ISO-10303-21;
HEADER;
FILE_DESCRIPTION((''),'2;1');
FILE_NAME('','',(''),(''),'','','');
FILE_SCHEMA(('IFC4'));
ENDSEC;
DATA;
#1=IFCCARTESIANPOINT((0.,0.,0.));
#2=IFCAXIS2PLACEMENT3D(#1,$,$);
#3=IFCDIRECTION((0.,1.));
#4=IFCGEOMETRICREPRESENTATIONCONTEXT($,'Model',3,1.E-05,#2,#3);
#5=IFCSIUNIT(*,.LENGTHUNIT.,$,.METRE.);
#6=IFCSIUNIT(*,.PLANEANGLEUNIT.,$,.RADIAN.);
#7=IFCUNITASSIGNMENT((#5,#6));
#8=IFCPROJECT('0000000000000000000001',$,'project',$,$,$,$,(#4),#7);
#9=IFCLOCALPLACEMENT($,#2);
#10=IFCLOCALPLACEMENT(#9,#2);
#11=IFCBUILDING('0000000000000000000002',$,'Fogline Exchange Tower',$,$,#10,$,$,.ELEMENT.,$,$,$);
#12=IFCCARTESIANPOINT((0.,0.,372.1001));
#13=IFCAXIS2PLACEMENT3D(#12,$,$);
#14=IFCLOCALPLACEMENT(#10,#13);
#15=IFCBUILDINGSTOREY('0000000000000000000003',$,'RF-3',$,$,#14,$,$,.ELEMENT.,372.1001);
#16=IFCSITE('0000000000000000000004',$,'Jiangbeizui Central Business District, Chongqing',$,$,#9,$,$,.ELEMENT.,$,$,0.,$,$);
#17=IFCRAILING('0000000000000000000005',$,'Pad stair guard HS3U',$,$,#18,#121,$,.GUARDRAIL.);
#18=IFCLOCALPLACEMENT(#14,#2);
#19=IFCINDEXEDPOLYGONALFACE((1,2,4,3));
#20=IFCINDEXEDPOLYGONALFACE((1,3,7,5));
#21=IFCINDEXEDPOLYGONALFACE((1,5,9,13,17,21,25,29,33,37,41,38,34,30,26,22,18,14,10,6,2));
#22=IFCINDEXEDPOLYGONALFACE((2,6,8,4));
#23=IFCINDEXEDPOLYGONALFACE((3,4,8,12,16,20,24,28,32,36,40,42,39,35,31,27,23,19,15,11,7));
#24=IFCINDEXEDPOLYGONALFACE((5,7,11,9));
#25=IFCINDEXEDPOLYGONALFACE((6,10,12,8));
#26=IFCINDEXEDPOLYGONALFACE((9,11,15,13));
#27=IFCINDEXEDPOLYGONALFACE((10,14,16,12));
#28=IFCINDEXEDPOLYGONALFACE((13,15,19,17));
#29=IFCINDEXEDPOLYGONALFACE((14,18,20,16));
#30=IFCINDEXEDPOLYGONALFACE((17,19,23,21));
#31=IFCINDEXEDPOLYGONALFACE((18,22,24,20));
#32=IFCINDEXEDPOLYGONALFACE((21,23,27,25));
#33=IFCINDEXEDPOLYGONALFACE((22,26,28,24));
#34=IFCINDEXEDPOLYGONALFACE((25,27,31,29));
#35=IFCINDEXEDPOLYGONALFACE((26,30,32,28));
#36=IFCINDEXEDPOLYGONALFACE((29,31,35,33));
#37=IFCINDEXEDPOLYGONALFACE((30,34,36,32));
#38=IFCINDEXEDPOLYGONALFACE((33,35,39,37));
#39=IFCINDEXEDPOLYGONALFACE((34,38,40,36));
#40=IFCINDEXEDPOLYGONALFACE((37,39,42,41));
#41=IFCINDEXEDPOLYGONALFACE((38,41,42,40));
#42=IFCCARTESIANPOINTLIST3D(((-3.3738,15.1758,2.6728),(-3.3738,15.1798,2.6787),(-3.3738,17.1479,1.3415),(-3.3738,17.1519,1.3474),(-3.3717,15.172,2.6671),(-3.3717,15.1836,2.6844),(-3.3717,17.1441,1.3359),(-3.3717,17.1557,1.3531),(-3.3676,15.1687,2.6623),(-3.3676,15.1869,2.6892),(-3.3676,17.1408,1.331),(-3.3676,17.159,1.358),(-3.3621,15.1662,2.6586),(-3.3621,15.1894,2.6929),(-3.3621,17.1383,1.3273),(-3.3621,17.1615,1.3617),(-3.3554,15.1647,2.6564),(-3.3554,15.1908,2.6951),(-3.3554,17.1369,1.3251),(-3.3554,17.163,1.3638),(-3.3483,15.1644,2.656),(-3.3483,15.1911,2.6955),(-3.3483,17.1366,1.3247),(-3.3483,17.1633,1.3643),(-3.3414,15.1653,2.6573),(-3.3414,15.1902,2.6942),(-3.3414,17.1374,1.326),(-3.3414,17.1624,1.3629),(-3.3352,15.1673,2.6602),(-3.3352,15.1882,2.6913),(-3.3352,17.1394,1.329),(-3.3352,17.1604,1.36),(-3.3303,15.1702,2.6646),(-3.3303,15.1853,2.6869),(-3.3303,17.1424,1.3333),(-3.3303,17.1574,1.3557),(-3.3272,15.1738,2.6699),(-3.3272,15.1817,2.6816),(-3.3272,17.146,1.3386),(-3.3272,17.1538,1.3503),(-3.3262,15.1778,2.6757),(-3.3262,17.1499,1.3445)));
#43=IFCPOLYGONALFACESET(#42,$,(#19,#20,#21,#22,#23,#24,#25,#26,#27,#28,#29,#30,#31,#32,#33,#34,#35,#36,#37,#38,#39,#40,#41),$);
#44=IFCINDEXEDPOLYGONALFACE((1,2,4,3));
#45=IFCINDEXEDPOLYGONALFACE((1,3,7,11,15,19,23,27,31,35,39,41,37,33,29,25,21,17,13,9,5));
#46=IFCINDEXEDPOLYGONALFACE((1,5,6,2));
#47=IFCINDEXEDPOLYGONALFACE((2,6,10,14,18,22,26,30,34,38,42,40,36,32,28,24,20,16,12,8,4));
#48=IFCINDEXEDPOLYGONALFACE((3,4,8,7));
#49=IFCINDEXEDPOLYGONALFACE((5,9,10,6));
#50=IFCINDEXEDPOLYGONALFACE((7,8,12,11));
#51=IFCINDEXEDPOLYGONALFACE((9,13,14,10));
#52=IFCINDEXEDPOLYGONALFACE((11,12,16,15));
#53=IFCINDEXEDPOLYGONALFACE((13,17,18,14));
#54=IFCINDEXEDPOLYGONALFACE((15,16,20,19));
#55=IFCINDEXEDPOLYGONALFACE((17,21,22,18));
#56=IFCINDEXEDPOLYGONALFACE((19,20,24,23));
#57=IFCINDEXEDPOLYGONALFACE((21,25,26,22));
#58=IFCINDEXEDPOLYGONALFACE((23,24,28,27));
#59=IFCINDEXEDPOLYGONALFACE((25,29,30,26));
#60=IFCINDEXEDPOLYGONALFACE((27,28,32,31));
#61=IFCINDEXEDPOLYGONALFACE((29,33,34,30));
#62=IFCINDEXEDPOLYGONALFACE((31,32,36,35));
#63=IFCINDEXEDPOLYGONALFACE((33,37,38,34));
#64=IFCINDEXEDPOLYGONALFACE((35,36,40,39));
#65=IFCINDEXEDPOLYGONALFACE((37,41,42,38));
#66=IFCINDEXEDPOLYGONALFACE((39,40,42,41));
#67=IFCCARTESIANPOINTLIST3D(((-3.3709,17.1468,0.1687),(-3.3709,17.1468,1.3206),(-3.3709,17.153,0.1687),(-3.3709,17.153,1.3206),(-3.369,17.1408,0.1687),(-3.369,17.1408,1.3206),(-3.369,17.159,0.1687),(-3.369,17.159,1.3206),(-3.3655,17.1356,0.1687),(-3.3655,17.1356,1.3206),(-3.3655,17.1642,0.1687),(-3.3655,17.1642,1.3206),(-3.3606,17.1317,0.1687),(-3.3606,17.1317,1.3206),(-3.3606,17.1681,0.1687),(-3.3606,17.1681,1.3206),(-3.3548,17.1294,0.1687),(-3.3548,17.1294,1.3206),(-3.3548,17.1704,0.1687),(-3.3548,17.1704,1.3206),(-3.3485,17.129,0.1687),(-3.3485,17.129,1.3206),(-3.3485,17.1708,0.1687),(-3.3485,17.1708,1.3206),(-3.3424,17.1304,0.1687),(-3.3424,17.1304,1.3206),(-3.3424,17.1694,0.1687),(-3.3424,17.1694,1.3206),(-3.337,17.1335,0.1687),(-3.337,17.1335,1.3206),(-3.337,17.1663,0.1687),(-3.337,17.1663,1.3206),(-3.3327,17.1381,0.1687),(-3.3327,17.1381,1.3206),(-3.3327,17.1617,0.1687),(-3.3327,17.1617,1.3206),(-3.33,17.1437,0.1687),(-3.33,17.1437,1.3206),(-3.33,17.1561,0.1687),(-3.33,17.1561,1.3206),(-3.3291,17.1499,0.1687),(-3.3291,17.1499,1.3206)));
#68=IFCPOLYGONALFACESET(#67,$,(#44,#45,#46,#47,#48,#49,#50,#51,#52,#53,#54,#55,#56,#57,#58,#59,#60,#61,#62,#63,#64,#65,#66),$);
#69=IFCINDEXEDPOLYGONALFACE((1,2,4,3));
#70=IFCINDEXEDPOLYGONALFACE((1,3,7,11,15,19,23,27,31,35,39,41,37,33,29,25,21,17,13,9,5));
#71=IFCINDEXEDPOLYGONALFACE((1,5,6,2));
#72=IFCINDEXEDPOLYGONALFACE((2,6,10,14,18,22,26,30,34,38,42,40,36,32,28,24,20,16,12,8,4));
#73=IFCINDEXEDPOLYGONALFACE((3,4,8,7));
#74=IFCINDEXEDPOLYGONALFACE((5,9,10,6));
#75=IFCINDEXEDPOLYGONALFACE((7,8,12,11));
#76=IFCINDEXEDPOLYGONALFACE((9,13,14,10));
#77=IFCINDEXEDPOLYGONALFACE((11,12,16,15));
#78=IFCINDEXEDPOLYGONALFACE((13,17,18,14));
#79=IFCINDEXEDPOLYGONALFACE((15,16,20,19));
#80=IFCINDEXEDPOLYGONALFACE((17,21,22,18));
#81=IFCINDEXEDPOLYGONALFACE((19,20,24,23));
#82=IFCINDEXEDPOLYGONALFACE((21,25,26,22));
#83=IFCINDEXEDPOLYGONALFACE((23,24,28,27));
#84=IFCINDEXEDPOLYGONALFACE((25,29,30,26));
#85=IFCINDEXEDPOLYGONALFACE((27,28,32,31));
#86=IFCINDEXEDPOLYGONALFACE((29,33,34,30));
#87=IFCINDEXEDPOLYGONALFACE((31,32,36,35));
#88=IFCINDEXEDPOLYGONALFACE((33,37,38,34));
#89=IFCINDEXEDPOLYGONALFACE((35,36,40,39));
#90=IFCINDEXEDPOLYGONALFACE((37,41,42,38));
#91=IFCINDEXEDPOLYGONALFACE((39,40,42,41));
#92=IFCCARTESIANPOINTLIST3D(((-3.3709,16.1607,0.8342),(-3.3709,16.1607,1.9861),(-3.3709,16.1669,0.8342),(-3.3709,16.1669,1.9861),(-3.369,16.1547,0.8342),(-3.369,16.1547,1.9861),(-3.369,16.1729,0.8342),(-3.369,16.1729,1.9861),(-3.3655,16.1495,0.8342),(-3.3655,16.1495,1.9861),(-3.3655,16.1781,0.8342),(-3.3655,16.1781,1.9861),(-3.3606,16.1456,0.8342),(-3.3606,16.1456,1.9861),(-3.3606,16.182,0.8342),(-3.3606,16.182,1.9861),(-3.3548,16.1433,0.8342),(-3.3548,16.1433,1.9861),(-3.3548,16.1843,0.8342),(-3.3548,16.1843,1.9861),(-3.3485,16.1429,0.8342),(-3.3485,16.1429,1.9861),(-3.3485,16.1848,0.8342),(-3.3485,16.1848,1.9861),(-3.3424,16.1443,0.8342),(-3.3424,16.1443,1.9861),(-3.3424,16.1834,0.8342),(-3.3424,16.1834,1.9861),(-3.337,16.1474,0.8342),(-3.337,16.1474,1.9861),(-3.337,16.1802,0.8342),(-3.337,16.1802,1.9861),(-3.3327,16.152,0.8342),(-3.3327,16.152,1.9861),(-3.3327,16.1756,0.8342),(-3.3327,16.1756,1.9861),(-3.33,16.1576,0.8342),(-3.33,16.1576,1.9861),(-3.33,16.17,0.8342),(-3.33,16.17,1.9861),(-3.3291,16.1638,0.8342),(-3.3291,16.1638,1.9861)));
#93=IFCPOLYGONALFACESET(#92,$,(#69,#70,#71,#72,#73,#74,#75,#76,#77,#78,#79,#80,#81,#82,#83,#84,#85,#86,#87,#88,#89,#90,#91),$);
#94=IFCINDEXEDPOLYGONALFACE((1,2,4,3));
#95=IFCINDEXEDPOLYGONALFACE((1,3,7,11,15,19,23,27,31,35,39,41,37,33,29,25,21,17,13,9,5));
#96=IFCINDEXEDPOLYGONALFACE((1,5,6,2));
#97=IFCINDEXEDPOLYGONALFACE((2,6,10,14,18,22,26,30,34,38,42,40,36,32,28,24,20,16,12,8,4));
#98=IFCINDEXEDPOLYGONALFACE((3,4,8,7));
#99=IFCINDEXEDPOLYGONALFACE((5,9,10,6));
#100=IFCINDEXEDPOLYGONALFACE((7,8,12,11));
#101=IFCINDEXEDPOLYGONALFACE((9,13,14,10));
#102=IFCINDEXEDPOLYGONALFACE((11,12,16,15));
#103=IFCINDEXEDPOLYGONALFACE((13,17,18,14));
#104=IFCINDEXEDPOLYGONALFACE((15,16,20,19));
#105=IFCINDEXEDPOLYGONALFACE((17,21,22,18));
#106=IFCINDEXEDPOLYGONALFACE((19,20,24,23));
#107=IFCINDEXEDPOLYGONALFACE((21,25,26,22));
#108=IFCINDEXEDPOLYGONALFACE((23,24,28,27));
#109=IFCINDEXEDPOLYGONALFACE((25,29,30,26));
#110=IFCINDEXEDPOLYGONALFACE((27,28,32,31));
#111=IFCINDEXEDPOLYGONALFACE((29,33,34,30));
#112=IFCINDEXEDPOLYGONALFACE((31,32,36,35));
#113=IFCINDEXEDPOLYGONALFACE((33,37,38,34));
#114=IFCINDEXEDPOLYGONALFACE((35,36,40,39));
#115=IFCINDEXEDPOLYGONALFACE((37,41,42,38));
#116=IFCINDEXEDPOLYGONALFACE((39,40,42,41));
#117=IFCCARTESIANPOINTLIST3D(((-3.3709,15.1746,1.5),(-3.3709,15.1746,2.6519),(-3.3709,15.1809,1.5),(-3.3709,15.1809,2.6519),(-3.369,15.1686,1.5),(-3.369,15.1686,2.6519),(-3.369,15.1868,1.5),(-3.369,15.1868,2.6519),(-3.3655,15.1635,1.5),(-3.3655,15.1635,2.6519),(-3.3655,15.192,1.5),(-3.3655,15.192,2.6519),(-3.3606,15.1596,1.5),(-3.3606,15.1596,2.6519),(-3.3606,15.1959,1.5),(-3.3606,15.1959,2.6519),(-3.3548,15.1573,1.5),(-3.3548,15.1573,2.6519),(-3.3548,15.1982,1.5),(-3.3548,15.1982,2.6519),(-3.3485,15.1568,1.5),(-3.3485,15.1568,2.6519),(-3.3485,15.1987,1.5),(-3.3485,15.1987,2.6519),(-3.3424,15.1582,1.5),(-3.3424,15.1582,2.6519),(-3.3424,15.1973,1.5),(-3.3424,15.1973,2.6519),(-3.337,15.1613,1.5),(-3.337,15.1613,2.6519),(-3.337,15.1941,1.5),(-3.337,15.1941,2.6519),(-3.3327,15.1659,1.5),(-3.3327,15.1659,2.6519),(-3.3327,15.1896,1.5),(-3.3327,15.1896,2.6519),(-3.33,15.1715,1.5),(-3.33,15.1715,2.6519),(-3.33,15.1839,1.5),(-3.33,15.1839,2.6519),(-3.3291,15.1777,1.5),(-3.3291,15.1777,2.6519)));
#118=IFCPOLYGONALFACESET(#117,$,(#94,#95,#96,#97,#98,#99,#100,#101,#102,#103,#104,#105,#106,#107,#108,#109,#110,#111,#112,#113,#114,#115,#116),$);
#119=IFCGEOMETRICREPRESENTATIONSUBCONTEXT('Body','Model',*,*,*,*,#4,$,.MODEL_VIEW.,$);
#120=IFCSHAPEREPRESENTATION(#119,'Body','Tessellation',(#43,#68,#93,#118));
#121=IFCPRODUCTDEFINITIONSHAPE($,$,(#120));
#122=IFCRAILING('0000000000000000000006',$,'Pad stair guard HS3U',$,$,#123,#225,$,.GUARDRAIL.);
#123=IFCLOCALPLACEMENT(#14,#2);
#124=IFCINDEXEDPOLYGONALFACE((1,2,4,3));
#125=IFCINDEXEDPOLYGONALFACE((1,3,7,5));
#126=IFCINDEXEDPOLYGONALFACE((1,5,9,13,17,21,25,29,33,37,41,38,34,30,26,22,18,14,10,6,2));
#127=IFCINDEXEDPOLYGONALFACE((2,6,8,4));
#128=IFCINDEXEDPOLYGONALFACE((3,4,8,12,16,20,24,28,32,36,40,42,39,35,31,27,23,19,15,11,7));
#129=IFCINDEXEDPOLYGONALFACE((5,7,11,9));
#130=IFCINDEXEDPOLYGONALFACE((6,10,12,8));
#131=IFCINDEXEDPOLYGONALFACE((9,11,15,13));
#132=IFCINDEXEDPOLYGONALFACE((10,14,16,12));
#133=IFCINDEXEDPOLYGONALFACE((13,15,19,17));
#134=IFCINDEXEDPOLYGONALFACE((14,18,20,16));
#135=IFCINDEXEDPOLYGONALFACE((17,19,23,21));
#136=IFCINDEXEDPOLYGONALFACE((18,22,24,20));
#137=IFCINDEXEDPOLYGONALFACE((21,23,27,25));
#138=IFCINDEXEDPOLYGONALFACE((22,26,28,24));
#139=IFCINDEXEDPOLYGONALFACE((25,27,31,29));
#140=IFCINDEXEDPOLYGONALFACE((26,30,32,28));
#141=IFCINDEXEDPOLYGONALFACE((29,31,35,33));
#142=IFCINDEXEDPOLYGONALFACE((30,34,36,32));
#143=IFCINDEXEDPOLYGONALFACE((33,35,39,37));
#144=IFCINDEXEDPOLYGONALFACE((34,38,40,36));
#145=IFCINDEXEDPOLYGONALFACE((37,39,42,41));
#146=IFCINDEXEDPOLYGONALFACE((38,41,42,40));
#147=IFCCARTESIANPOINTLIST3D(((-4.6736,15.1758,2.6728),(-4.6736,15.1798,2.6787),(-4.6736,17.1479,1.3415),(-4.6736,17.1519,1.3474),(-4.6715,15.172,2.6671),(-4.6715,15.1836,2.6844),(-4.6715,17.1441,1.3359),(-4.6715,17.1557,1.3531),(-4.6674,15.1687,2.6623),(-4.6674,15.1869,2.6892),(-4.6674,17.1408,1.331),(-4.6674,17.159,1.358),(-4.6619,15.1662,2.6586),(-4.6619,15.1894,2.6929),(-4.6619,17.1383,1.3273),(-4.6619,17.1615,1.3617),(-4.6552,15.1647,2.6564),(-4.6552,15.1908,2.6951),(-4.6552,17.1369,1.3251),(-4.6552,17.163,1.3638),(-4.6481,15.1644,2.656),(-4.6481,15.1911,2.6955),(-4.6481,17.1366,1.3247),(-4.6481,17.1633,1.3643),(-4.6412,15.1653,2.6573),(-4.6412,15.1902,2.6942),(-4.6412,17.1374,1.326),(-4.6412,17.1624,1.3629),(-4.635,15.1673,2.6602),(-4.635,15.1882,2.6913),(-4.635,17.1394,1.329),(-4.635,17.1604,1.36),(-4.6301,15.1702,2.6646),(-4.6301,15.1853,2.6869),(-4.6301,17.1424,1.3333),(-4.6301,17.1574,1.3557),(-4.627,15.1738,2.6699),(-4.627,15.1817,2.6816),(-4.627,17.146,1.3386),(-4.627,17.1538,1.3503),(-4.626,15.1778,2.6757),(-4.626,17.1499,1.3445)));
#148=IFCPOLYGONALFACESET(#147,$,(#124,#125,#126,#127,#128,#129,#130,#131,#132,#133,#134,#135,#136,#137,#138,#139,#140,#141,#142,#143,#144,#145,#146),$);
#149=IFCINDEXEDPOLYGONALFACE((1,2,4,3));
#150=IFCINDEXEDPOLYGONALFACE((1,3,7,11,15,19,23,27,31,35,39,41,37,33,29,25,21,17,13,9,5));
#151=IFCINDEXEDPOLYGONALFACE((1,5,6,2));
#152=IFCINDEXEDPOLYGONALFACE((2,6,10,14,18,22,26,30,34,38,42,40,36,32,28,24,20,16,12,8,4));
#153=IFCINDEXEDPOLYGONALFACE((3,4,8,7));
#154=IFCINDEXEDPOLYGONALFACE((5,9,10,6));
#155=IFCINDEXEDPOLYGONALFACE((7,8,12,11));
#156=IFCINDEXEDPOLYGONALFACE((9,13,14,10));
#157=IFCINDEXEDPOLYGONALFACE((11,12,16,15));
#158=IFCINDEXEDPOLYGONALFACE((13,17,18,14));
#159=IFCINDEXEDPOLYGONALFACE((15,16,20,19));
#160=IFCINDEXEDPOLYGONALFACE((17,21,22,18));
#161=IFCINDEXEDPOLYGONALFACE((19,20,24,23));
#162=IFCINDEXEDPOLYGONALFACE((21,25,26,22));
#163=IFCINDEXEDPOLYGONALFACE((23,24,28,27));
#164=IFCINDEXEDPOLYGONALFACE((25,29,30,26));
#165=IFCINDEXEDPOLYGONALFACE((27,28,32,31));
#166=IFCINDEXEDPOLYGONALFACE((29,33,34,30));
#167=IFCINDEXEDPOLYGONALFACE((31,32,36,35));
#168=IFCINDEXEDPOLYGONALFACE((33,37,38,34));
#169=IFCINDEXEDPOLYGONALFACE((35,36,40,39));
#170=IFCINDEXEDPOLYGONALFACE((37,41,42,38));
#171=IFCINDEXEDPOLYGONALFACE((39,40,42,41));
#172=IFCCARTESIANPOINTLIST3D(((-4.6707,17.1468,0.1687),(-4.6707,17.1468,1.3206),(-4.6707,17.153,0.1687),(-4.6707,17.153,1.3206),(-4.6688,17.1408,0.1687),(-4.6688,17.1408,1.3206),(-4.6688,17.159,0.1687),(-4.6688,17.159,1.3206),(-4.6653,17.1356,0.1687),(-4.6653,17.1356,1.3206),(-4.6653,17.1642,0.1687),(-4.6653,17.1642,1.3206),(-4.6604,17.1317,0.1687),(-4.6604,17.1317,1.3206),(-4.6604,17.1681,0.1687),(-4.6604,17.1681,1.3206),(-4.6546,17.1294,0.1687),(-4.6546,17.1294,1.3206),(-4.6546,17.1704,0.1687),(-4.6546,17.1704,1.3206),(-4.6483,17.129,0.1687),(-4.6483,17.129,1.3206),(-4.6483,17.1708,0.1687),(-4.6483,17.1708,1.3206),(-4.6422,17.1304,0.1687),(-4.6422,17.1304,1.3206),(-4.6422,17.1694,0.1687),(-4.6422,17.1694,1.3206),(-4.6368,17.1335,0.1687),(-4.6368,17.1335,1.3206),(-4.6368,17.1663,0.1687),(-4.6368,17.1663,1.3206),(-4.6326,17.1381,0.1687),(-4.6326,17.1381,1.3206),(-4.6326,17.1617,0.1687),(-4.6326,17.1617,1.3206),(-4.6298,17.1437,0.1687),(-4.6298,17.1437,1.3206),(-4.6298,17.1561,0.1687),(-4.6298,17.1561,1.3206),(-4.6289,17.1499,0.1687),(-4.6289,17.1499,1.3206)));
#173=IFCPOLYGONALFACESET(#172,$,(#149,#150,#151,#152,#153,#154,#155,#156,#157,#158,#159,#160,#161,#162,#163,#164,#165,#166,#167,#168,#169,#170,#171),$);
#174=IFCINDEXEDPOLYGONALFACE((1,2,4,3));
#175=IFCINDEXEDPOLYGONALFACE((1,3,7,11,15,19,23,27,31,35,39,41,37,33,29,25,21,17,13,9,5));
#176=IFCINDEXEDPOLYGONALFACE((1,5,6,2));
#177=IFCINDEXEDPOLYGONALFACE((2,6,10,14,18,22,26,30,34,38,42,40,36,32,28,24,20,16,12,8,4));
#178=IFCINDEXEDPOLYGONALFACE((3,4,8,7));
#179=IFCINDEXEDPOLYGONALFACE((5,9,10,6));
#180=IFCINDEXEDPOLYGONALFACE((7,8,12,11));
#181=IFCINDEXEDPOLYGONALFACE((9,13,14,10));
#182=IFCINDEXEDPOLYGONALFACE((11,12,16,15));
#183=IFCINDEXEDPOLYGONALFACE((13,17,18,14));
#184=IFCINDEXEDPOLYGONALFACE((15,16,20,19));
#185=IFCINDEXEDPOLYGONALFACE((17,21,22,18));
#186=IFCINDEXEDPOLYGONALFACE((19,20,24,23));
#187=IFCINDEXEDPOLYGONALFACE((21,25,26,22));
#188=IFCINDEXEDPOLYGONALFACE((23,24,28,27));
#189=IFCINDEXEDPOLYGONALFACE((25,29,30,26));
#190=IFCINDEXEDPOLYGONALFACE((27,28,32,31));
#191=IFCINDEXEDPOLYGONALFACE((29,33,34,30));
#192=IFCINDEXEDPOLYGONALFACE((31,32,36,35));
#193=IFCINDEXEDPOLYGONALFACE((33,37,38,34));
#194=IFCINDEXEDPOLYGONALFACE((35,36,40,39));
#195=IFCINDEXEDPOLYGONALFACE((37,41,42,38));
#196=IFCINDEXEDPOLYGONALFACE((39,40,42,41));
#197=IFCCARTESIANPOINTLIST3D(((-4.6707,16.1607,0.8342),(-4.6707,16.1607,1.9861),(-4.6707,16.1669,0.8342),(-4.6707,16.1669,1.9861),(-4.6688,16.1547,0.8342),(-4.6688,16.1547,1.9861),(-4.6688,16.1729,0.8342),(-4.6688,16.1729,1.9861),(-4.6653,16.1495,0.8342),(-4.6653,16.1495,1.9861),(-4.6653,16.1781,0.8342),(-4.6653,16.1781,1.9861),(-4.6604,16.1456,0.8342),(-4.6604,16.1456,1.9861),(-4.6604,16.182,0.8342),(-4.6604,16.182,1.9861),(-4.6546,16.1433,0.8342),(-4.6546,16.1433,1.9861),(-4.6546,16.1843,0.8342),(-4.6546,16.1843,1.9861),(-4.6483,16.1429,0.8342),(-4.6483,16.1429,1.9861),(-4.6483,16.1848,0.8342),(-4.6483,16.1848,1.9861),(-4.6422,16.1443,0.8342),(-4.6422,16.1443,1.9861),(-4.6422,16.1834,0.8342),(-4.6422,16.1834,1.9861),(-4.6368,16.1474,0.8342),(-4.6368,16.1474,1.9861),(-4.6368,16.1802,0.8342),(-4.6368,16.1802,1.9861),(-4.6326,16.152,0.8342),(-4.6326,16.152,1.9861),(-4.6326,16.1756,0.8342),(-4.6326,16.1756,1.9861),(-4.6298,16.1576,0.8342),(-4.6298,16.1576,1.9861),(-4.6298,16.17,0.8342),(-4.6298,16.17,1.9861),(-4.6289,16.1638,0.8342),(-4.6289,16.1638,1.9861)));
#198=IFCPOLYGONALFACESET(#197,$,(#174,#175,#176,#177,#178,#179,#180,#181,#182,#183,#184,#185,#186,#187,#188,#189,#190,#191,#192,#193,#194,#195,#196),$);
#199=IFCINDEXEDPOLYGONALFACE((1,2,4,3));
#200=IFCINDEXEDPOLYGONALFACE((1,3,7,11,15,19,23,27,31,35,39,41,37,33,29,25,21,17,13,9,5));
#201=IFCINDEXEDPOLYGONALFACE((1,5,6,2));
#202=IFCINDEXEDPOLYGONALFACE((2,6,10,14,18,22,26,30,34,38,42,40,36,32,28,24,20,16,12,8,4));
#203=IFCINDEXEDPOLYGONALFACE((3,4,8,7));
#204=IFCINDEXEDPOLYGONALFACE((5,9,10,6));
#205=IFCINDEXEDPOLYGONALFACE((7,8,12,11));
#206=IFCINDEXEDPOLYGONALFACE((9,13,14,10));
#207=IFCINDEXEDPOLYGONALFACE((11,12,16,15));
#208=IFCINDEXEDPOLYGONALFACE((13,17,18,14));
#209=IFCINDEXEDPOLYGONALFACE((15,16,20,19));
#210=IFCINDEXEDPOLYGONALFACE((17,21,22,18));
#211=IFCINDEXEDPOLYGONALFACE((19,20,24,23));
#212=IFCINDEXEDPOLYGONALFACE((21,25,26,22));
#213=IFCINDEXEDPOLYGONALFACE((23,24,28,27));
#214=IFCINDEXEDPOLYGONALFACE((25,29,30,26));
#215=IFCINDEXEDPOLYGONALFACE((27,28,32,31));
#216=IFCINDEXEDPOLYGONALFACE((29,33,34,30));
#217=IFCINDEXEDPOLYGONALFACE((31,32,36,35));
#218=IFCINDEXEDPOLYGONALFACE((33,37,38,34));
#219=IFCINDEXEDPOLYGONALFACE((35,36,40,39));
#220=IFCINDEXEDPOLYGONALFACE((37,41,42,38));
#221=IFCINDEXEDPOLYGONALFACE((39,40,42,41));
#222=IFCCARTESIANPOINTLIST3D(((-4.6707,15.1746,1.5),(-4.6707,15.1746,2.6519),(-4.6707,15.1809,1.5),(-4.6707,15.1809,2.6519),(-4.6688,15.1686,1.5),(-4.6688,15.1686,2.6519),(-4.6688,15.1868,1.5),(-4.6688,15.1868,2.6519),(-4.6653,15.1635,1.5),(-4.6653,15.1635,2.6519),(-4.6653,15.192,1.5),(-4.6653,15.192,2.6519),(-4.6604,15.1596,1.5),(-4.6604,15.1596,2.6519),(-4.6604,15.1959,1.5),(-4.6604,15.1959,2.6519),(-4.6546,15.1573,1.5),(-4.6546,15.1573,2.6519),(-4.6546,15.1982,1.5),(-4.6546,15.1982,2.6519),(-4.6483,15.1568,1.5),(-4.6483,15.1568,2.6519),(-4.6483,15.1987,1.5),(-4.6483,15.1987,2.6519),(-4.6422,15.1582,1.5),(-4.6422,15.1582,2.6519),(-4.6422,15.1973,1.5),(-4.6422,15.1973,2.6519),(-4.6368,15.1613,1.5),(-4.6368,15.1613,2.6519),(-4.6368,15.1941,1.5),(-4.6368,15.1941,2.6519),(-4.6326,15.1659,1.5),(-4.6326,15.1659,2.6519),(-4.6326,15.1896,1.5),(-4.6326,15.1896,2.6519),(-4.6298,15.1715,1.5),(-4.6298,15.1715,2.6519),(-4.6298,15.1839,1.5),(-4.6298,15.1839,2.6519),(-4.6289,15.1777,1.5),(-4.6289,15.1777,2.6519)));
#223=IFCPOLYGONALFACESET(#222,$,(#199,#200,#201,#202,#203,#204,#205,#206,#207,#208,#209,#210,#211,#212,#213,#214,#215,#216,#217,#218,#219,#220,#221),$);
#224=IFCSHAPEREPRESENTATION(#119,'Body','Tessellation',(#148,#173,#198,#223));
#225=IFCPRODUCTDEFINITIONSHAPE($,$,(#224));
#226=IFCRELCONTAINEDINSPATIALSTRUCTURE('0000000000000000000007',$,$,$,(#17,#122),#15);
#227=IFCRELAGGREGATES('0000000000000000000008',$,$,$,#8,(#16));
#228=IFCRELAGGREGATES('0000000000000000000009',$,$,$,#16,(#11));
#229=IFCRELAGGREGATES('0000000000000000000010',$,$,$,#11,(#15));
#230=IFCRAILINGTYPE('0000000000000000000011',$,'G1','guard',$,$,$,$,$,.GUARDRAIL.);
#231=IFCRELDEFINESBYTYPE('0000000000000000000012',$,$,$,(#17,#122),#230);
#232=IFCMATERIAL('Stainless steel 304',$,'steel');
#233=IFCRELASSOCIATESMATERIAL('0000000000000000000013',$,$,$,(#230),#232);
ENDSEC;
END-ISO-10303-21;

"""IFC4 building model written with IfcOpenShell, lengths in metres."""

from ifc_helpers import new_model, si_unit, direction, frame, origin, origin_2d, place, context, subcontext, project, spatial, circle, extrude, material, type_object, element, save


model = new_model("IFC4")

# Units and contexts
model_context = context("Model", 3, precision=1e-05, world=origin(), true_north=direction((0.0, 1.0)))
body_context = subcontext(model_context, "Body", "Model", "MODEL_VIEW")
ifc_project = project(units=[si_unit("LENGTHUNIT", "METRE"), si_unit("PLANEANGLEUNIT", "RADIAN")], contexts=[model_context])

# Site, building, storey
site_placement = place(None, origin())
site = spatial("IfcSite", under=ifc_project, at=site_placement, Name="Jiangbeizui Central Business District, Chongqing", CompositionType="ELEMENT", RefElevation=0.0)
building_placement = place(site_placement, origin())
building = spatial("IfcBuilding", under=site, at=building_placement, Name="Fogline Exchange Tower", CompositionType="ELEMENT")
storey_placement = place(building_placement, frame((0.0, 0.0, 372.1001)))
storey = spatial("IfcBuildingStorey", under=building, at=storey_placement, Name="RF-3", CompositionType="ELEMENT", Elevation=372.1001)

# Railings
ifc_material_1 = material(Name="Stainless steel 304", Category="steel")
railing_type_1 = type_object("IfcRailingType", Name="G1", Description="guard", PredefinedType="GUARDRAIL", material=ifc_material_1)
for number, where, name in (
    (1, (-3.3501, 17.1499, 0.1687), "Pad stair guard HS3U"),
    (2, (-4.6499, 17.1499, 0.1687), "Pad stair guard HS3U"),
):
    element("IfcRailing", number, at=place(storey_placement, frame(where)), inside=storey, type_object=railing_type_1, Name=name, PredefinedType="GUARDRAIL", context=body_context, shape_type="SweptSolid", body=[
        extrude(circle(Radius=0.0239, at=origin_2d()), frame((0.0, 0.0, 1.1758), z_axis=(0.0, -0.828832, 0.559498), x_axis=(1.0, 0.0, 0.0)), (0.0, 0.0, 1.0), 2.3794),
        extrude(circle(Radius=0.021, at=origin_2d()), origin(), (0.0, 0.0, 1.0), 1.1519),
        extrude(circle(Radius=0.021, at=origin_2d()), frame((0.0, -0.9861, 0.6655)), (0.0, 0.0, 1.0), 1.1519),
        extrude(circle(Radius=0.021, at=origin_2d()), frame((0.0, -1.9722, 1.3313)), (0.0, 0.0, 1.0), 1.1519),
    ])

save(model, "model.ifc")
